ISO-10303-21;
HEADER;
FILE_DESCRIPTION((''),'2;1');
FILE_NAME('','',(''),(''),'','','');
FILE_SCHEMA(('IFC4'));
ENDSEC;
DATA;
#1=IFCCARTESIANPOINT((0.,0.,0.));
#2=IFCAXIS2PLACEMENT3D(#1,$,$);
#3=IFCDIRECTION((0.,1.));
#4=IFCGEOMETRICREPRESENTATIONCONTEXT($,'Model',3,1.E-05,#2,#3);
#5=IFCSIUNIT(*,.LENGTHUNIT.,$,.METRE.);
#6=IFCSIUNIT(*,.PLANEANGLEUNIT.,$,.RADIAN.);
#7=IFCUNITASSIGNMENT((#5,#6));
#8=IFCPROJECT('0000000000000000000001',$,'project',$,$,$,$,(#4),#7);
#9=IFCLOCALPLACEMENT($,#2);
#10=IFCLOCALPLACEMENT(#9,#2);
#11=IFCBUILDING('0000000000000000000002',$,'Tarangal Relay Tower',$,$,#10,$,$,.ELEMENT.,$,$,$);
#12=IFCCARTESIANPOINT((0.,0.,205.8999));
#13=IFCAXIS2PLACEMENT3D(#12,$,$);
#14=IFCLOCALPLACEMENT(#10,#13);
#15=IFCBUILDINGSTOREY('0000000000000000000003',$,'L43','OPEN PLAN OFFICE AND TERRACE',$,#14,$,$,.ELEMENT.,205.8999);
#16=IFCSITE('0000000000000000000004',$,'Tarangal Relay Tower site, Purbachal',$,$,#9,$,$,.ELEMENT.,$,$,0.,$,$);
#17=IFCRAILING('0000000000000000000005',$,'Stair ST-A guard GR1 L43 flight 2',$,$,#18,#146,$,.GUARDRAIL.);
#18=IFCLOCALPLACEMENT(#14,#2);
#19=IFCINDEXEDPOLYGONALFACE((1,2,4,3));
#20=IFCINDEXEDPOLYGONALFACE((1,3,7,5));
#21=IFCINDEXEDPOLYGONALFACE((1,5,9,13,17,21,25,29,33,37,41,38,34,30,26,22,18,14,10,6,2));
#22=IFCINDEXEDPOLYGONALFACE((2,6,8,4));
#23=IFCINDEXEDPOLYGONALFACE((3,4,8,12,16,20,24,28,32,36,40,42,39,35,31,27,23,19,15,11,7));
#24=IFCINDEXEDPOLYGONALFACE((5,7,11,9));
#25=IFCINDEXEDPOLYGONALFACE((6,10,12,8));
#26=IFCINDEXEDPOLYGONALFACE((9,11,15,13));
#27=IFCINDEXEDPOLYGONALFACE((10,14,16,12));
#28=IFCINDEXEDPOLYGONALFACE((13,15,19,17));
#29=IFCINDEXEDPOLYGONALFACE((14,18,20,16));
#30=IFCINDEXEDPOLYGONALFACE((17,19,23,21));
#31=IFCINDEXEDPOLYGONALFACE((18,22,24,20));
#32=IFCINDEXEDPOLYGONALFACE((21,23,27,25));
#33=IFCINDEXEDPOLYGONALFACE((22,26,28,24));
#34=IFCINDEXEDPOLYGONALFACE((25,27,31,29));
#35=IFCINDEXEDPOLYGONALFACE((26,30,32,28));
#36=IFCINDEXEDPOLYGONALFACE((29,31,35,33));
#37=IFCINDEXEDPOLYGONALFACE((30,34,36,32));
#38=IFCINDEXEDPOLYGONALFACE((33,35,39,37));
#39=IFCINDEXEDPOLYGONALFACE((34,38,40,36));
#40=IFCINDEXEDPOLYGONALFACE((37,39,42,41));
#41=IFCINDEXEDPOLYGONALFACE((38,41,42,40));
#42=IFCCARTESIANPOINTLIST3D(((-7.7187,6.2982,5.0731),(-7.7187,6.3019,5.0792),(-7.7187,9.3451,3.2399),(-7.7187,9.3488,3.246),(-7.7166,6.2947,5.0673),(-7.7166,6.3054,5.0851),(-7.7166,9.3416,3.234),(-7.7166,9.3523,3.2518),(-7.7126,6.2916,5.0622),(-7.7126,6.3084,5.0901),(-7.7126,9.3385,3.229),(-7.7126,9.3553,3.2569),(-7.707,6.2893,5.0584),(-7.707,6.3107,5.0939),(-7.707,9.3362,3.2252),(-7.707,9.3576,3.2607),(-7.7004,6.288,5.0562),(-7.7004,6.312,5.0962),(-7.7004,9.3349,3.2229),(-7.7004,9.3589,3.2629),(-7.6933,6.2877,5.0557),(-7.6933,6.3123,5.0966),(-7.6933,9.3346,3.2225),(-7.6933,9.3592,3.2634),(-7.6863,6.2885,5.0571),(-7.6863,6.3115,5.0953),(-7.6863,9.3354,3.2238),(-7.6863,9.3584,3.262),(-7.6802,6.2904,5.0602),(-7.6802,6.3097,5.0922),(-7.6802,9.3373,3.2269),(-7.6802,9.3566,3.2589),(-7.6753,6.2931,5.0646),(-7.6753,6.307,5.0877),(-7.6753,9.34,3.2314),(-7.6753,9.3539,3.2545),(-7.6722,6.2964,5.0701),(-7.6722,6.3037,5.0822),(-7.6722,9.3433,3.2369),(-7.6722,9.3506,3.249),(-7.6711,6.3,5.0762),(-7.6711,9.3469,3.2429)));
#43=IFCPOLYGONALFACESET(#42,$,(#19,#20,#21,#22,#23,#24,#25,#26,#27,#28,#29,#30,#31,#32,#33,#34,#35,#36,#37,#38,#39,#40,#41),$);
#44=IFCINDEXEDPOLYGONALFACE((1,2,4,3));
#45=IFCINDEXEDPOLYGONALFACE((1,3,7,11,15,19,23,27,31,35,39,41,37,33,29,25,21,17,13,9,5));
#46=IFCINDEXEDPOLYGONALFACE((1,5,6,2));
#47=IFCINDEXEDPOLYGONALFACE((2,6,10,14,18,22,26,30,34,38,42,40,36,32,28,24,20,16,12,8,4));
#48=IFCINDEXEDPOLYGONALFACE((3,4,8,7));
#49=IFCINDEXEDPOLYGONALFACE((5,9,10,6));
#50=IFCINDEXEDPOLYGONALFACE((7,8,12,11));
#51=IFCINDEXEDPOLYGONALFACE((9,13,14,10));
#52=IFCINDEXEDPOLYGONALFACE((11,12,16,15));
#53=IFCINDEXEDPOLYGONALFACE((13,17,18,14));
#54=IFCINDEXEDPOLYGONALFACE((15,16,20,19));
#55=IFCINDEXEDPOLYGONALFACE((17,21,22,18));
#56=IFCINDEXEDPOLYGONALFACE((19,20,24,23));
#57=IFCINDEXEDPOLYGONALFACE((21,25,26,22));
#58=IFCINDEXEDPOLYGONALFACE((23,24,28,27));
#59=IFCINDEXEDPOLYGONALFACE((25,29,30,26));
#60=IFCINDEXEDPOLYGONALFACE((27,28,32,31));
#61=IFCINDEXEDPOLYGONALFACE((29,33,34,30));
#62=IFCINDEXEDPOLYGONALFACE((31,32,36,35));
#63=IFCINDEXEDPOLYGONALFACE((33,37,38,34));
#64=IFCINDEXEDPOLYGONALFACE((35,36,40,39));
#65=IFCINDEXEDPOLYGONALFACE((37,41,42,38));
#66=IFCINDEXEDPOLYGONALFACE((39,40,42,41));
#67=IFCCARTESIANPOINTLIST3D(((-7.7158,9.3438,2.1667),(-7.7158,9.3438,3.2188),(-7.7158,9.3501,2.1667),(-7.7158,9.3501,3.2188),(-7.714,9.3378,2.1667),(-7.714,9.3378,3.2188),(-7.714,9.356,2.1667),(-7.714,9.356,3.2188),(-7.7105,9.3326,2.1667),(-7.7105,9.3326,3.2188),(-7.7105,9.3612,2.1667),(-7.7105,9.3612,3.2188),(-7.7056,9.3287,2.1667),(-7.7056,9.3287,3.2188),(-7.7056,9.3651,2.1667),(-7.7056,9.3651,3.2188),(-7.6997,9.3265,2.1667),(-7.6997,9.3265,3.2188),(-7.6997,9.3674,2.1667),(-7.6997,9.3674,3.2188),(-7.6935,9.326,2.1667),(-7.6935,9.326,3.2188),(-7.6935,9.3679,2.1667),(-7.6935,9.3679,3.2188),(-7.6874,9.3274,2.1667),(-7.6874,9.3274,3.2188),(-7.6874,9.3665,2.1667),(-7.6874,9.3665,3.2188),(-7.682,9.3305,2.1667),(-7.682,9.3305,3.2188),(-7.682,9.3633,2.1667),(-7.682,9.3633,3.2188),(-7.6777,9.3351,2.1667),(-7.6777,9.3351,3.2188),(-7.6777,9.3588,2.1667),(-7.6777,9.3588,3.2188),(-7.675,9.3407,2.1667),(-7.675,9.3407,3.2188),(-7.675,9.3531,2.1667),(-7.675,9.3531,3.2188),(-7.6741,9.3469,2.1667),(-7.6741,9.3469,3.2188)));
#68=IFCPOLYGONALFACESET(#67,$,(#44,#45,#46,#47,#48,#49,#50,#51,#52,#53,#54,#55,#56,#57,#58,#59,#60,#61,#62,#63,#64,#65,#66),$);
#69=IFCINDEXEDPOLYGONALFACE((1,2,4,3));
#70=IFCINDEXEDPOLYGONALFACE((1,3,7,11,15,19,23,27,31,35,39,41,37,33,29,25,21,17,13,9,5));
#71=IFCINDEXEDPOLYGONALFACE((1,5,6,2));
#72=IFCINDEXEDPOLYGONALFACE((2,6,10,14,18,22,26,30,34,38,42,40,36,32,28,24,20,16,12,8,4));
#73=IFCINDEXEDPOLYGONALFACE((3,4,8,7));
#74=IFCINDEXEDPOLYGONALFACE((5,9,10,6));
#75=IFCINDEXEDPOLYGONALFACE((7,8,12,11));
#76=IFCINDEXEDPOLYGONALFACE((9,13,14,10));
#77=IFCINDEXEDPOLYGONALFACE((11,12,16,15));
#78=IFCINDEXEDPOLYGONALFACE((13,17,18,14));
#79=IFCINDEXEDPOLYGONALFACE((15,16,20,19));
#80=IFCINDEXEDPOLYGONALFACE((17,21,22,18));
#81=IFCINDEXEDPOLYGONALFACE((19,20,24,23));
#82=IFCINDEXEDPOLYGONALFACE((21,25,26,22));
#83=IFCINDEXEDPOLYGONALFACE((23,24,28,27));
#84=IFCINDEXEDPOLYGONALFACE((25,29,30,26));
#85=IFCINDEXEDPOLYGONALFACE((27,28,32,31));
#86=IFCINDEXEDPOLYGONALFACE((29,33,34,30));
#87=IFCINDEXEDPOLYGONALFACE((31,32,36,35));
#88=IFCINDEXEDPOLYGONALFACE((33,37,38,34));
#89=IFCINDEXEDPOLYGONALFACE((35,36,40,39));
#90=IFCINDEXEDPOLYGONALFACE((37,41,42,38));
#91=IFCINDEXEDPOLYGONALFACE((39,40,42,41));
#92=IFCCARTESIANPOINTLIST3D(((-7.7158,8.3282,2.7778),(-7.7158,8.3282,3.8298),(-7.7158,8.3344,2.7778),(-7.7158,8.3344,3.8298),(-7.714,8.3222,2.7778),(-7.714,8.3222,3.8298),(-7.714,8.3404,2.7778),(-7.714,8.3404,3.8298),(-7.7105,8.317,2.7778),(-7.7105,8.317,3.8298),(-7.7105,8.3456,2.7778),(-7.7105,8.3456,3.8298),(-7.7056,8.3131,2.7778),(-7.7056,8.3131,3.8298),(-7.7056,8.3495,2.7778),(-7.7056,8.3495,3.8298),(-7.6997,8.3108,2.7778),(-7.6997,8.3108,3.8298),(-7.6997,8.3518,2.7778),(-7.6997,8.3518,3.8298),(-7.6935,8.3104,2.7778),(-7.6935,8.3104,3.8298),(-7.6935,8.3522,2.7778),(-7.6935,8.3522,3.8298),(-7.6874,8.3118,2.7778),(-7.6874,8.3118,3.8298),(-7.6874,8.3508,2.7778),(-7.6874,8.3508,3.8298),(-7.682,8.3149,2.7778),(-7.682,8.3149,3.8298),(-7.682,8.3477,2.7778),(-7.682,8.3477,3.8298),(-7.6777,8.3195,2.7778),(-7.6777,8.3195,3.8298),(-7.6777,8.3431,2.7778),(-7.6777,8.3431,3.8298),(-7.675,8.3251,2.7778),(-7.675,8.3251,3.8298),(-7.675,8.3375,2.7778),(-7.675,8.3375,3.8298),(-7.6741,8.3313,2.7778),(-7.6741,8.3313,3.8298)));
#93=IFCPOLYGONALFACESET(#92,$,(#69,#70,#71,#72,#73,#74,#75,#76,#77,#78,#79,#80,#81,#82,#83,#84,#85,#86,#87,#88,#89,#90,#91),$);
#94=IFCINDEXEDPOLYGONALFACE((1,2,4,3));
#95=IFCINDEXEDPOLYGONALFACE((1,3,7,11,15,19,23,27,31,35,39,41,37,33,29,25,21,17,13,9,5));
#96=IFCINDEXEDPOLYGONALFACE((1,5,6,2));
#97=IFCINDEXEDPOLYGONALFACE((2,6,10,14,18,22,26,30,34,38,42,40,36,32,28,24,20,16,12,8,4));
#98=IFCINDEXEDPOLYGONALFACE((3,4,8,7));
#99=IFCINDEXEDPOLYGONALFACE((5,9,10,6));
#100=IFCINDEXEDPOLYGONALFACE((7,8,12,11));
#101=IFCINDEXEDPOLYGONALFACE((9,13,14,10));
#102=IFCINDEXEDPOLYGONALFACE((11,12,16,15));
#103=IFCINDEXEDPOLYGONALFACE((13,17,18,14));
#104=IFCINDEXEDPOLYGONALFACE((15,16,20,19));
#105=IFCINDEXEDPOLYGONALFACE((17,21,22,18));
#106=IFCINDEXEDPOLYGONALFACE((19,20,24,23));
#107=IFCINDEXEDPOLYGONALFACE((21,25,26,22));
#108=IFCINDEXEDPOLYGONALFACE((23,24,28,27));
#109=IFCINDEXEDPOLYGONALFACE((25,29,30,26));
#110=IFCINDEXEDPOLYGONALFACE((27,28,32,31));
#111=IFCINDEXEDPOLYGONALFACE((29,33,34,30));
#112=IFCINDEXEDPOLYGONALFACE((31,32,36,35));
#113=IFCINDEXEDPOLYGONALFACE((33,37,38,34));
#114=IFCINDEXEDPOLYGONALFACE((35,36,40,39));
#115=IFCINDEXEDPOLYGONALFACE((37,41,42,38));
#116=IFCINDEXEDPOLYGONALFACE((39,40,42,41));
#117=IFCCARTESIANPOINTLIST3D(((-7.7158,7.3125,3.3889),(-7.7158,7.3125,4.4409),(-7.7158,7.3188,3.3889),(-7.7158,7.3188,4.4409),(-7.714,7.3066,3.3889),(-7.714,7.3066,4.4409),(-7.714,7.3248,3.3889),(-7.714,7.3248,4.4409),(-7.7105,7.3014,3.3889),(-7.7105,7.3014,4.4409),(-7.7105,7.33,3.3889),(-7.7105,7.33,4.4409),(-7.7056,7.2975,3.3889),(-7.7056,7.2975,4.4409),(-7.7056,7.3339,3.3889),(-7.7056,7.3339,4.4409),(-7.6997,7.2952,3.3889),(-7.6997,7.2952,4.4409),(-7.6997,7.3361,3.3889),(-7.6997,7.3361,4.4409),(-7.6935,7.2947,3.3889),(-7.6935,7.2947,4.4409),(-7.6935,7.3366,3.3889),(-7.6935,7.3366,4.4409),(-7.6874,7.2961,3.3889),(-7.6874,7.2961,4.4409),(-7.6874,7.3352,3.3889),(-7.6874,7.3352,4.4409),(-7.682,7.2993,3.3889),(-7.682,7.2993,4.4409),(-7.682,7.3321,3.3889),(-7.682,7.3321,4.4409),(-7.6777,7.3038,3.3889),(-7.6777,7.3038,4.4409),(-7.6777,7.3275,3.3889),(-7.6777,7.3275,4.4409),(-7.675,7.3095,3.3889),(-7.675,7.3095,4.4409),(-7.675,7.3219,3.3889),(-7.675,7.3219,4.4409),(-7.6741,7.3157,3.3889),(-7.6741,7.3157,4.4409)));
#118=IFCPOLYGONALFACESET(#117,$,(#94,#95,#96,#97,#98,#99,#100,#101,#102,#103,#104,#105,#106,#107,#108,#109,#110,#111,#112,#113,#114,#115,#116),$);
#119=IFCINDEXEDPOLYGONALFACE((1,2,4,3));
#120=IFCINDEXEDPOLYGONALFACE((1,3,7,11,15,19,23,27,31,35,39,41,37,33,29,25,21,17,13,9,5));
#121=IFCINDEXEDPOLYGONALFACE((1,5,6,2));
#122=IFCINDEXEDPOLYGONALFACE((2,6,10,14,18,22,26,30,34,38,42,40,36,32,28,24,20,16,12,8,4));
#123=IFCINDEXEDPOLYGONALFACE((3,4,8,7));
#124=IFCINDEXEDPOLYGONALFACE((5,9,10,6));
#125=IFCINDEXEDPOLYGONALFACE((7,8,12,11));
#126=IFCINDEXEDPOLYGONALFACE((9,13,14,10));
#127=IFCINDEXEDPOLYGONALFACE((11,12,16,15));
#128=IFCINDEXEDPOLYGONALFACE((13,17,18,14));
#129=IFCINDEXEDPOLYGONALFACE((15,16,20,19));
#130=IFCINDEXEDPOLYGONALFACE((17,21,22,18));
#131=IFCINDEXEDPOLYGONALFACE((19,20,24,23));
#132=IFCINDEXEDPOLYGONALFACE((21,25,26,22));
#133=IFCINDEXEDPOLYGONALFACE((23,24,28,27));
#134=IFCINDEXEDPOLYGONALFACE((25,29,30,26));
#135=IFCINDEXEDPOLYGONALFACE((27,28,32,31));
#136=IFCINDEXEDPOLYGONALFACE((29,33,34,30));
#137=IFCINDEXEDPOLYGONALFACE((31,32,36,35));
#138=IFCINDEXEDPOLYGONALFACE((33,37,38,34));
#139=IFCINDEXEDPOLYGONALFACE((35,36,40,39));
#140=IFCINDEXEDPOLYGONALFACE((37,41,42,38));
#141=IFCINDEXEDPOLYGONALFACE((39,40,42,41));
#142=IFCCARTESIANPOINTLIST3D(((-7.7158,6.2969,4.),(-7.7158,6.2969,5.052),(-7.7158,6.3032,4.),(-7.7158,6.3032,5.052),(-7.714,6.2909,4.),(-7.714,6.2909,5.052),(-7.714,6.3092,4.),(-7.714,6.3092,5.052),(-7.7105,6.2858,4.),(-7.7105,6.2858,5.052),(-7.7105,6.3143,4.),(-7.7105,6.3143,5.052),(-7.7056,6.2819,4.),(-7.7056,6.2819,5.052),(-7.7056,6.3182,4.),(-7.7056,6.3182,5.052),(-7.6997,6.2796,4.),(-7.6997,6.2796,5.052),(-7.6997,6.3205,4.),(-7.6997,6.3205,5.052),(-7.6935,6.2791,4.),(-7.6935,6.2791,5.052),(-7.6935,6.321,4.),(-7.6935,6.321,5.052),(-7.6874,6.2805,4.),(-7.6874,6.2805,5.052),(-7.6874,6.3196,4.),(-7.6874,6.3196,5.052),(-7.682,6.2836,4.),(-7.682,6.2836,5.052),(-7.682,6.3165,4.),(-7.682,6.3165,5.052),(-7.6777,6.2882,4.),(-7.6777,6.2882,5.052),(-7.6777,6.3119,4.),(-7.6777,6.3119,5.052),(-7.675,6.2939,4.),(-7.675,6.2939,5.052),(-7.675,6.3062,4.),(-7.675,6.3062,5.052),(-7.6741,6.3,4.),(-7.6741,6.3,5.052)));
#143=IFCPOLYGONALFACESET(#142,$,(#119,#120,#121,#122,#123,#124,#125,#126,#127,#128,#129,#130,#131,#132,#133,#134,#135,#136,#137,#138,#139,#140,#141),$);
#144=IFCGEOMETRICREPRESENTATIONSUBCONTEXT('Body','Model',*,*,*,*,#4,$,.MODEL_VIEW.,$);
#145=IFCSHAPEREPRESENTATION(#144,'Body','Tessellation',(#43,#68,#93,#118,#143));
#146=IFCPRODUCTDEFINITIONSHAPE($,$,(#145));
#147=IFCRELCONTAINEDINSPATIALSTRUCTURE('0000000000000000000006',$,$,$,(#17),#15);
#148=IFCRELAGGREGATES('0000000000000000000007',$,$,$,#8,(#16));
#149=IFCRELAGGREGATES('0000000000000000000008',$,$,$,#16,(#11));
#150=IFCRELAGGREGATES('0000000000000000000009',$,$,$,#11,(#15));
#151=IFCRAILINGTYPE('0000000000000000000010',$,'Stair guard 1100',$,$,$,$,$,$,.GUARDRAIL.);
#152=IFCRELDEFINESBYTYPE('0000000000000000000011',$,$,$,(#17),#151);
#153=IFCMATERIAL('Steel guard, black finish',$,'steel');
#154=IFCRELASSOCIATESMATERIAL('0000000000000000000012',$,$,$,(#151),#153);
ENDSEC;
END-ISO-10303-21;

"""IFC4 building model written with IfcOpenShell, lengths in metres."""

from ifc_helpers import new_model, si_unit, direction, frame, origin, origin_2d, place, context, subcontext, project, spatial, circle, extrude, material, type_object, element, save


model = new_model("IFC4")

# Units and contexts
model_context = context("Model", 3, precision=1e-05, world=origin(), true_north=direction((0.0, 1.0)))
body_context = subcontext(model_context, "Body", "Model", "MODEL_VIEW")
ifc_project = project(units=[si_unit("LENGTHUNIT", "METRE"), si_unit("PLANEANGLEUNIT", "RADIAN")], contexts=[model_context])

# Site, building, storey
site_placement = place(None, origin())
site = spatial("IfcSite", under=ifc_project, at=site_placement, Name="Tarangal Relay Tower site, Purbachal", CompositionType="ELEMENT", RefElevation=0.0)
building_placement = place(site_placement, origin())
building = spatial("IfcBuilding", under=site, at=building_placement, Name="Tarangal Relay Tower", CompositionType="ELEMENT")
storey_placement = place(building_placement, frame((0.0, 0.0, 205.8999)))
storey = spatial("IfcBuildingStorey", under=building, at=storey_placement, Name="L43", Description="OPEN PLAN OFFICE AND TERRACE", CompositionType="ELEMENT", Elevation=205.8999)

# Railing
ifc_material_1 = material(Name="Steel guard, black finish", Category="steel")
railing_type_1 = type_object("IfcRailingType", Name="Stair guard 1100", PredefinedType="GUARDRAIL", material=ifc_material_1)
railing_1_placement = place(storey_placement, frame((-7.6951, 9.3469, 2.1667)))
element("IfcRailing", 1, at=railing_1_placement, inside=storey, type_object=railing_type_1, Name="Stair ST-A guard GR1 L43 flight 2", PredefinedType="GUARDRAIL", context=body_context, shape_type="SweptSolid", body=[
    extrude(circle(Radius=0.0239, at=origin_2d()), frame((0.0, 0.0, 1.0762), z_axis=(0.0, -0.856856, 0.515556), x_axis=(1.0, 0.0, 0.0)), (0.0, 0.0, 1.0), 3.5559),
    extrude(circle(Radius=0.021, at=origin_2d()), origin(), (0.0, 0.0, 1.0), 1.052),
    extrude(circle(Radius=0.021, at=origin_2d()), frame((0.0, -1.0156, 0.6111)), (0.0, 0.0, 1.0), 1.052),
    extrude(circle(Radius=0.021, at=origin_2d()), frame((0.0, -2.0312, 1.2222)), (0.0, 0.0, 1.0), 1.052),
    extrude(circle(Radius=0.021, at=origin_2d()), frame((0.0, -3.0469, 1.8333)), (0.0, 0.0, 1.0), 1.052),
])

save(model, "model.ifc")
